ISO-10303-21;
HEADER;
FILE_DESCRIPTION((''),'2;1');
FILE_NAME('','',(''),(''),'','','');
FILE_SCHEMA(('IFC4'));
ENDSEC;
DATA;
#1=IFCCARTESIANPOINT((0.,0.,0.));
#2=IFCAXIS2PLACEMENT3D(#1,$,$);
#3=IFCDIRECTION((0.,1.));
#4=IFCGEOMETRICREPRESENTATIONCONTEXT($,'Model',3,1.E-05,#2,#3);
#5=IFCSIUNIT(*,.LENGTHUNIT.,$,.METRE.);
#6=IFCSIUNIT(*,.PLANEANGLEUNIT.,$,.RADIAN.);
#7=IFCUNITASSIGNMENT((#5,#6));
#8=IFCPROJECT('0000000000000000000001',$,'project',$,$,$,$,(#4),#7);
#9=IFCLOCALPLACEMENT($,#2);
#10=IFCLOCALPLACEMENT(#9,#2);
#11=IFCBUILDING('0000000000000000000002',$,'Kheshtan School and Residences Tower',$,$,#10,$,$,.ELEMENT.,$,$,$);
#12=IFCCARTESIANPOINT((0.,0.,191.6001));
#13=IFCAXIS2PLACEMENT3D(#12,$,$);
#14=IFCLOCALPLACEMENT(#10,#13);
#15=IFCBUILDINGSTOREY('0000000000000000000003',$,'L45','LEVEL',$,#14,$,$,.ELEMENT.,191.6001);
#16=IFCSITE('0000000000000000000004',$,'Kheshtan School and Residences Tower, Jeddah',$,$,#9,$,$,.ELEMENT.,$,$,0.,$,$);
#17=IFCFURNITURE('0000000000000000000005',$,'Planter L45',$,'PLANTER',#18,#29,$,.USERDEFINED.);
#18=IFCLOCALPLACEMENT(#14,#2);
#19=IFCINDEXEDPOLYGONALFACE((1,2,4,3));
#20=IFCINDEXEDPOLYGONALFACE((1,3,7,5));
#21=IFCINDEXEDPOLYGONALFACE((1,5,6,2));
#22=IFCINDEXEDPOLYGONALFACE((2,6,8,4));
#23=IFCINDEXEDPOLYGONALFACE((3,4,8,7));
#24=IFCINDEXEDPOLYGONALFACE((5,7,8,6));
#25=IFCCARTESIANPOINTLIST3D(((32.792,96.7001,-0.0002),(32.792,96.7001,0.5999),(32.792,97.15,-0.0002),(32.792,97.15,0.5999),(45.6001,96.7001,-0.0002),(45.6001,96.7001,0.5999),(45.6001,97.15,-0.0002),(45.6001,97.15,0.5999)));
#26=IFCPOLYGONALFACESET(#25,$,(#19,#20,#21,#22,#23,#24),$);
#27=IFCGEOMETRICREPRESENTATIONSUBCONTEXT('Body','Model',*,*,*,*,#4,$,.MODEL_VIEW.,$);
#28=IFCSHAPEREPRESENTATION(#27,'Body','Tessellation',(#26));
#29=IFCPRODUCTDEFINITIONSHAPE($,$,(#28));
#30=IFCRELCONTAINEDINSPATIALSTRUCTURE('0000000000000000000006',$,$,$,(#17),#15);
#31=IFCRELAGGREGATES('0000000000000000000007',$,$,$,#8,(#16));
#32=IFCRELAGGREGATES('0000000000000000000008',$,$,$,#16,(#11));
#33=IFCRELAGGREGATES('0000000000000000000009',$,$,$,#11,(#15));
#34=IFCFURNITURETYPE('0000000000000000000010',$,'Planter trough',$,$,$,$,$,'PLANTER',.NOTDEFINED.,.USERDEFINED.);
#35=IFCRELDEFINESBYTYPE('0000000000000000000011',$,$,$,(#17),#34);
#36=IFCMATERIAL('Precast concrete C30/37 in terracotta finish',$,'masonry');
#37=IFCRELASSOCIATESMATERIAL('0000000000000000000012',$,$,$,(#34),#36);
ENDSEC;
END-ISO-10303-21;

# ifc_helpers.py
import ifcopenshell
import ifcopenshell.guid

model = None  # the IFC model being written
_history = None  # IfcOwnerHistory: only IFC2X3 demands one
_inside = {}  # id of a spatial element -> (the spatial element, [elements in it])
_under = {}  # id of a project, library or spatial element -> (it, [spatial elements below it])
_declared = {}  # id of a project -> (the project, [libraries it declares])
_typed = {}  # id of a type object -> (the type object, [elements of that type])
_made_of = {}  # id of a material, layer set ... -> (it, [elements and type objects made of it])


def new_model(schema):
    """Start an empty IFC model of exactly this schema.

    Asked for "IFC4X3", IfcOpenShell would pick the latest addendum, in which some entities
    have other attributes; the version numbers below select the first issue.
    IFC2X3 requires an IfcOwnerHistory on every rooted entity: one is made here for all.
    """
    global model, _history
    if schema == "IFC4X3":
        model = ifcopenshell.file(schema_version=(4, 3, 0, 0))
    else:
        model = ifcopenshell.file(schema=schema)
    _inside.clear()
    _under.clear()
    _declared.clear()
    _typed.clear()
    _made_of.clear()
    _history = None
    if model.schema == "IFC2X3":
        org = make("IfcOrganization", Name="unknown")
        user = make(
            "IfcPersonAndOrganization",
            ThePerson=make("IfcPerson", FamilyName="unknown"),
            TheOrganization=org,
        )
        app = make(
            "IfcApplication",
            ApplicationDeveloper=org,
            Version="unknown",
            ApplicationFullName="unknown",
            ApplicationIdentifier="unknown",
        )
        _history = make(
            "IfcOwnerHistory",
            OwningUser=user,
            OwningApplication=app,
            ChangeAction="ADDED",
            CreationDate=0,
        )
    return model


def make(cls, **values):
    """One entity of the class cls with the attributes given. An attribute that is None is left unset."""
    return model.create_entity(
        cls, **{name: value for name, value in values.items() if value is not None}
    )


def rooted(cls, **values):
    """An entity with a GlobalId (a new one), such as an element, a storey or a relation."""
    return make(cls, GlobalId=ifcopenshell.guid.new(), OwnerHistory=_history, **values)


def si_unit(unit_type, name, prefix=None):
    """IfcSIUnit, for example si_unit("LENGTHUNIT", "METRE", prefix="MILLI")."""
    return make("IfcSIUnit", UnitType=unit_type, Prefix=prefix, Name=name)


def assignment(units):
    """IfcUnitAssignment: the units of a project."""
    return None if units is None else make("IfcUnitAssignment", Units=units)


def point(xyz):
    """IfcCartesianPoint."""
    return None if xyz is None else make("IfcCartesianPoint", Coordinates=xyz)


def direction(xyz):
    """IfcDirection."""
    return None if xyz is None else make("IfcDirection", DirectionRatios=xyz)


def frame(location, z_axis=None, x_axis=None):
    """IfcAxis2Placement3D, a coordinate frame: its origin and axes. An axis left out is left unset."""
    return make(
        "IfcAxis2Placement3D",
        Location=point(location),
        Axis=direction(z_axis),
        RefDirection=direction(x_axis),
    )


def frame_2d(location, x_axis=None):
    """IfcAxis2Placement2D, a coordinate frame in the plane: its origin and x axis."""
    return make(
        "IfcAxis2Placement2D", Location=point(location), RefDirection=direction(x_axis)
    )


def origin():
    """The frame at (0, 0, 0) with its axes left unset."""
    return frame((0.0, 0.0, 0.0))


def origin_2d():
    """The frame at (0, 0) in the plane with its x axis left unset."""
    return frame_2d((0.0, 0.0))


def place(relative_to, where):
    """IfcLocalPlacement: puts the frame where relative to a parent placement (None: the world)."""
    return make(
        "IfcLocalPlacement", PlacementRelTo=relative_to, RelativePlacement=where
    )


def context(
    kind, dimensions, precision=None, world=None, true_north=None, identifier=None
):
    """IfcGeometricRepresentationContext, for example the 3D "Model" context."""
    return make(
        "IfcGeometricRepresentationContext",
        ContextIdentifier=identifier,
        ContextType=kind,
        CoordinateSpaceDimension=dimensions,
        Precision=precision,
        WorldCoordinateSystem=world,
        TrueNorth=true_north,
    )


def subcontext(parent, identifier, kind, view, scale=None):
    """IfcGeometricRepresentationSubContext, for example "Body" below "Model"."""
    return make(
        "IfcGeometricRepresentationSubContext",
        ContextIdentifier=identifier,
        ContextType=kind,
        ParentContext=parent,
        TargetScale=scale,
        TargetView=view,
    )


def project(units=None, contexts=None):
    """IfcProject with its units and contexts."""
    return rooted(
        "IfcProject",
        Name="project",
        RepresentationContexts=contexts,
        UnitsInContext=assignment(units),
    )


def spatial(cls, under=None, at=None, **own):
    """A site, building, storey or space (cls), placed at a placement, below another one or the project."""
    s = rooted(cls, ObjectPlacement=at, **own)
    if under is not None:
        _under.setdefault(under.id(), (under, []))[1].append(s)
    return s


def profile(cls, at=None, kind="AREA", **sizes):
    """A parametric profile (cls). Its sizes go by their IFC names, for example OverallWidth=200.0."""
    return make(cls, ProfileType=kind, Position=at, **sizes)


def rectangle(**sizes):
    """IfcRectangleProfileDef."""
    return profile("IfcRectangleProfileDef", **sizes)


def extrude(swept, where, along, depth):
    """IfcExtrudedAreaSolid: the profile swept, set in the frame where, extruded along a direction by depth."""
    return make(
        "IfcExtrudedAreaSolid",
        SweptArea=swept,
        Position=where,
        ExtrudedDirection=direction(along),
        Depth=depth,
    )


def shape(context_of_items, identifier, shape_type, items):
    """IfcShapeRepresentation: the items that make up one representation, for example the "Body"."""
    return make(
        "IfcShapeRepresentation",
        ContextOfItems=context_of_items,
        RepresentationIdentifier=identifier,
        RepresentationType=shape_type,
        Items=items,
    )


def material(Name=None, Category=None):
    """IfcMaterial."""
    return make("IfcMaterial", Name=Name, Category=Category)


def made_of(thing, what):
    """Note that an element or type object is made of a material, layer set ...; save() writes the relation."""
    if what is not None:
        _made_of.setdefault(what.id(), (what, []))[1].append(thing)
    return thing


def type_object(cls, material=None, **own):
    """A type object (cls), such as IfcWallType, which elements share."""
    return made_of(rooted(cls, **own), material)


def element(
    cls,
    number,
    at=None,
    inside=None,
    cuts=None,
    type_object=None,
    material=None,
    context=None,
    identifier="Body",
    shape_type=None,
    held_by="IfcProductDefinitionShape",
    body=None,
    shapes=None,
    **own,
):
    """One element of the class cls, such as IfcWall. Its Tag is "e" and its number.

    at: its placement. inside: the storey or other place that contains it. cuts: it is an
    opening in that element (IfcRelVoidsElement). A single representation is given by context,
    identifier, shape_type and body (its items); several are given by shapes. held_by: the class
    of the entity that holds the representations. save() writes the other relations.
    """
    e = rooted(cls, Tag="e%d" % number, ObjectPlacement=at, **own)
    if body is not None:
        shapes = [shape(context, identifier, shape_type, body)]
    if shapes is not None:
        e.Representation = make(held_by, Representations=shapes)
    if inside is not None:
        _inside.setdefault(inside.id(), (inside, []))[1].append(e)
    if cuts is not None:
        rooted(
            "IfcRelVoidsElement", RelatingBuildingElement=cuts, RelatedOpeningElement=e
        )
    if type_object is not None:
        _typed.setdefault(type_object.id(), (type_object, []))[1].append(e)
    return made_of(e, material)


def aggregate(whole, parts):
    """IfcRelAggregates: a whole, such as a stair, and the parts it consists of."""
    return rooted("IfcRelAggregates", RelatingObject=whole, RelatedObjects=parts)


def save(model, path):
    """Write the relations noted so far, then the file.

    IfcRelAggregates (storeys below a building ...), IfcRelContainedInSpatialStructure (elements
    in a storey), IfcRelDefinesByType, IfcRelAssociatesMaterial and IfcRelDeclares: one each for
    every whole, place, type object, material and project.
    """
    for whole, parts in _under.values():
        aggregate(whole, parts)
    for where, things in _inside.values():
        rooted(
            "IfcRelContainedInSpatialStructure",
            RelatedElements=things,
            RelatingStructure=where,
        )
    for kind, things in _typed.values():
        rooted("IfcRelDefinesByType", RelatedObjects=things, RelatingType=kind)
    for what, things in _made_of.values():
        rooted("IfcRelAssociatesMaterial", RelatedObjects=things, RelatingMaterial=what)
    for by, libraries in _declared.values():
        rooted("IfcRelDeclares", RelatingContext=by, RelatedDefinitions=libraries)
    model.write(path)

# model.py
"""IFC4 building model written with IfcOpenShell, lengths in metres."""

from ifc_helpers import new_model, si_unit, direction, frame, origin, origin_2d, place, context, subcontext, project, spatial, rectangle, extrude, material, type_object, element, save


model = new_model("IFC4")

# Units and contexts
model_context = context("Model", 3, precision=1e-05, world=origin(), true_north=direction((0.0, 1.0)))
body_context = subcontext(model_context, "Body", "Model", "MODEL_VIEW")
ifc_project = project(units=[si_unit("LENGTHUNIT", "METRE"), si_unit("PLANEANGLEUNIT", "RADIAN")], contexts=[model_context])

# Site, building, storey
site_placement = place(None, origin())
site = spatial("IfcSite", under=ifc_project, at=site_placement, Name="Kheshtan School and Residences Tower, Jeddah", CompositionType="ELEMENT", RefElevation=0.0)
building_placement = place(site_placement, origin())
building = spatial("IfcBuilding", under=site, at=building_placement, Name="Kheshtan School and Residences Tower", CompositionType="ELEMENT")
storey_placement = place(building_placement, frame((0.0, 0.0, 191.6001)))
storey = spatial("IfcBuildingStorey", under=building, at=storey_placement, Name="L45", Description="LEVEL", CompositionType="ELEMENT", Elevation=191.6001)

# Furniture
ifc_material_1 = material(Name="Precast concrete C30/37 in terracotta finish", Category="masonry")
furniture_type = type_object("IfcFurnitureType", Name="Planter trough", ElementType="PLANTER", AssemblyPlace="NOTDEFINED", PredefinedType="USERDEFINED", material=ifc_material_1)
furniture_placement = place(storey_placement, frame((39.196, 96.925, -0.0002), z_axis=(0.0, 0.0, 1.0), x_axis=(1.0, 0.0, 0.0)))
element("IfcFurniture", 1, at=furniture_placement, inside=storey, type_object=furniture_type, Name="Planter L45", ObjectType="PLANTER", PredefinedType="USERDEFINED", context=body_context, shape_type="SweptSolid", body=[
    extrude(rectangle(XDim=12.8081, YDim=0.45, at=origin_2d()), origin(), (0.0, 0.0, 1.0), 0.6001),
])

save(model, "model.ifc")
